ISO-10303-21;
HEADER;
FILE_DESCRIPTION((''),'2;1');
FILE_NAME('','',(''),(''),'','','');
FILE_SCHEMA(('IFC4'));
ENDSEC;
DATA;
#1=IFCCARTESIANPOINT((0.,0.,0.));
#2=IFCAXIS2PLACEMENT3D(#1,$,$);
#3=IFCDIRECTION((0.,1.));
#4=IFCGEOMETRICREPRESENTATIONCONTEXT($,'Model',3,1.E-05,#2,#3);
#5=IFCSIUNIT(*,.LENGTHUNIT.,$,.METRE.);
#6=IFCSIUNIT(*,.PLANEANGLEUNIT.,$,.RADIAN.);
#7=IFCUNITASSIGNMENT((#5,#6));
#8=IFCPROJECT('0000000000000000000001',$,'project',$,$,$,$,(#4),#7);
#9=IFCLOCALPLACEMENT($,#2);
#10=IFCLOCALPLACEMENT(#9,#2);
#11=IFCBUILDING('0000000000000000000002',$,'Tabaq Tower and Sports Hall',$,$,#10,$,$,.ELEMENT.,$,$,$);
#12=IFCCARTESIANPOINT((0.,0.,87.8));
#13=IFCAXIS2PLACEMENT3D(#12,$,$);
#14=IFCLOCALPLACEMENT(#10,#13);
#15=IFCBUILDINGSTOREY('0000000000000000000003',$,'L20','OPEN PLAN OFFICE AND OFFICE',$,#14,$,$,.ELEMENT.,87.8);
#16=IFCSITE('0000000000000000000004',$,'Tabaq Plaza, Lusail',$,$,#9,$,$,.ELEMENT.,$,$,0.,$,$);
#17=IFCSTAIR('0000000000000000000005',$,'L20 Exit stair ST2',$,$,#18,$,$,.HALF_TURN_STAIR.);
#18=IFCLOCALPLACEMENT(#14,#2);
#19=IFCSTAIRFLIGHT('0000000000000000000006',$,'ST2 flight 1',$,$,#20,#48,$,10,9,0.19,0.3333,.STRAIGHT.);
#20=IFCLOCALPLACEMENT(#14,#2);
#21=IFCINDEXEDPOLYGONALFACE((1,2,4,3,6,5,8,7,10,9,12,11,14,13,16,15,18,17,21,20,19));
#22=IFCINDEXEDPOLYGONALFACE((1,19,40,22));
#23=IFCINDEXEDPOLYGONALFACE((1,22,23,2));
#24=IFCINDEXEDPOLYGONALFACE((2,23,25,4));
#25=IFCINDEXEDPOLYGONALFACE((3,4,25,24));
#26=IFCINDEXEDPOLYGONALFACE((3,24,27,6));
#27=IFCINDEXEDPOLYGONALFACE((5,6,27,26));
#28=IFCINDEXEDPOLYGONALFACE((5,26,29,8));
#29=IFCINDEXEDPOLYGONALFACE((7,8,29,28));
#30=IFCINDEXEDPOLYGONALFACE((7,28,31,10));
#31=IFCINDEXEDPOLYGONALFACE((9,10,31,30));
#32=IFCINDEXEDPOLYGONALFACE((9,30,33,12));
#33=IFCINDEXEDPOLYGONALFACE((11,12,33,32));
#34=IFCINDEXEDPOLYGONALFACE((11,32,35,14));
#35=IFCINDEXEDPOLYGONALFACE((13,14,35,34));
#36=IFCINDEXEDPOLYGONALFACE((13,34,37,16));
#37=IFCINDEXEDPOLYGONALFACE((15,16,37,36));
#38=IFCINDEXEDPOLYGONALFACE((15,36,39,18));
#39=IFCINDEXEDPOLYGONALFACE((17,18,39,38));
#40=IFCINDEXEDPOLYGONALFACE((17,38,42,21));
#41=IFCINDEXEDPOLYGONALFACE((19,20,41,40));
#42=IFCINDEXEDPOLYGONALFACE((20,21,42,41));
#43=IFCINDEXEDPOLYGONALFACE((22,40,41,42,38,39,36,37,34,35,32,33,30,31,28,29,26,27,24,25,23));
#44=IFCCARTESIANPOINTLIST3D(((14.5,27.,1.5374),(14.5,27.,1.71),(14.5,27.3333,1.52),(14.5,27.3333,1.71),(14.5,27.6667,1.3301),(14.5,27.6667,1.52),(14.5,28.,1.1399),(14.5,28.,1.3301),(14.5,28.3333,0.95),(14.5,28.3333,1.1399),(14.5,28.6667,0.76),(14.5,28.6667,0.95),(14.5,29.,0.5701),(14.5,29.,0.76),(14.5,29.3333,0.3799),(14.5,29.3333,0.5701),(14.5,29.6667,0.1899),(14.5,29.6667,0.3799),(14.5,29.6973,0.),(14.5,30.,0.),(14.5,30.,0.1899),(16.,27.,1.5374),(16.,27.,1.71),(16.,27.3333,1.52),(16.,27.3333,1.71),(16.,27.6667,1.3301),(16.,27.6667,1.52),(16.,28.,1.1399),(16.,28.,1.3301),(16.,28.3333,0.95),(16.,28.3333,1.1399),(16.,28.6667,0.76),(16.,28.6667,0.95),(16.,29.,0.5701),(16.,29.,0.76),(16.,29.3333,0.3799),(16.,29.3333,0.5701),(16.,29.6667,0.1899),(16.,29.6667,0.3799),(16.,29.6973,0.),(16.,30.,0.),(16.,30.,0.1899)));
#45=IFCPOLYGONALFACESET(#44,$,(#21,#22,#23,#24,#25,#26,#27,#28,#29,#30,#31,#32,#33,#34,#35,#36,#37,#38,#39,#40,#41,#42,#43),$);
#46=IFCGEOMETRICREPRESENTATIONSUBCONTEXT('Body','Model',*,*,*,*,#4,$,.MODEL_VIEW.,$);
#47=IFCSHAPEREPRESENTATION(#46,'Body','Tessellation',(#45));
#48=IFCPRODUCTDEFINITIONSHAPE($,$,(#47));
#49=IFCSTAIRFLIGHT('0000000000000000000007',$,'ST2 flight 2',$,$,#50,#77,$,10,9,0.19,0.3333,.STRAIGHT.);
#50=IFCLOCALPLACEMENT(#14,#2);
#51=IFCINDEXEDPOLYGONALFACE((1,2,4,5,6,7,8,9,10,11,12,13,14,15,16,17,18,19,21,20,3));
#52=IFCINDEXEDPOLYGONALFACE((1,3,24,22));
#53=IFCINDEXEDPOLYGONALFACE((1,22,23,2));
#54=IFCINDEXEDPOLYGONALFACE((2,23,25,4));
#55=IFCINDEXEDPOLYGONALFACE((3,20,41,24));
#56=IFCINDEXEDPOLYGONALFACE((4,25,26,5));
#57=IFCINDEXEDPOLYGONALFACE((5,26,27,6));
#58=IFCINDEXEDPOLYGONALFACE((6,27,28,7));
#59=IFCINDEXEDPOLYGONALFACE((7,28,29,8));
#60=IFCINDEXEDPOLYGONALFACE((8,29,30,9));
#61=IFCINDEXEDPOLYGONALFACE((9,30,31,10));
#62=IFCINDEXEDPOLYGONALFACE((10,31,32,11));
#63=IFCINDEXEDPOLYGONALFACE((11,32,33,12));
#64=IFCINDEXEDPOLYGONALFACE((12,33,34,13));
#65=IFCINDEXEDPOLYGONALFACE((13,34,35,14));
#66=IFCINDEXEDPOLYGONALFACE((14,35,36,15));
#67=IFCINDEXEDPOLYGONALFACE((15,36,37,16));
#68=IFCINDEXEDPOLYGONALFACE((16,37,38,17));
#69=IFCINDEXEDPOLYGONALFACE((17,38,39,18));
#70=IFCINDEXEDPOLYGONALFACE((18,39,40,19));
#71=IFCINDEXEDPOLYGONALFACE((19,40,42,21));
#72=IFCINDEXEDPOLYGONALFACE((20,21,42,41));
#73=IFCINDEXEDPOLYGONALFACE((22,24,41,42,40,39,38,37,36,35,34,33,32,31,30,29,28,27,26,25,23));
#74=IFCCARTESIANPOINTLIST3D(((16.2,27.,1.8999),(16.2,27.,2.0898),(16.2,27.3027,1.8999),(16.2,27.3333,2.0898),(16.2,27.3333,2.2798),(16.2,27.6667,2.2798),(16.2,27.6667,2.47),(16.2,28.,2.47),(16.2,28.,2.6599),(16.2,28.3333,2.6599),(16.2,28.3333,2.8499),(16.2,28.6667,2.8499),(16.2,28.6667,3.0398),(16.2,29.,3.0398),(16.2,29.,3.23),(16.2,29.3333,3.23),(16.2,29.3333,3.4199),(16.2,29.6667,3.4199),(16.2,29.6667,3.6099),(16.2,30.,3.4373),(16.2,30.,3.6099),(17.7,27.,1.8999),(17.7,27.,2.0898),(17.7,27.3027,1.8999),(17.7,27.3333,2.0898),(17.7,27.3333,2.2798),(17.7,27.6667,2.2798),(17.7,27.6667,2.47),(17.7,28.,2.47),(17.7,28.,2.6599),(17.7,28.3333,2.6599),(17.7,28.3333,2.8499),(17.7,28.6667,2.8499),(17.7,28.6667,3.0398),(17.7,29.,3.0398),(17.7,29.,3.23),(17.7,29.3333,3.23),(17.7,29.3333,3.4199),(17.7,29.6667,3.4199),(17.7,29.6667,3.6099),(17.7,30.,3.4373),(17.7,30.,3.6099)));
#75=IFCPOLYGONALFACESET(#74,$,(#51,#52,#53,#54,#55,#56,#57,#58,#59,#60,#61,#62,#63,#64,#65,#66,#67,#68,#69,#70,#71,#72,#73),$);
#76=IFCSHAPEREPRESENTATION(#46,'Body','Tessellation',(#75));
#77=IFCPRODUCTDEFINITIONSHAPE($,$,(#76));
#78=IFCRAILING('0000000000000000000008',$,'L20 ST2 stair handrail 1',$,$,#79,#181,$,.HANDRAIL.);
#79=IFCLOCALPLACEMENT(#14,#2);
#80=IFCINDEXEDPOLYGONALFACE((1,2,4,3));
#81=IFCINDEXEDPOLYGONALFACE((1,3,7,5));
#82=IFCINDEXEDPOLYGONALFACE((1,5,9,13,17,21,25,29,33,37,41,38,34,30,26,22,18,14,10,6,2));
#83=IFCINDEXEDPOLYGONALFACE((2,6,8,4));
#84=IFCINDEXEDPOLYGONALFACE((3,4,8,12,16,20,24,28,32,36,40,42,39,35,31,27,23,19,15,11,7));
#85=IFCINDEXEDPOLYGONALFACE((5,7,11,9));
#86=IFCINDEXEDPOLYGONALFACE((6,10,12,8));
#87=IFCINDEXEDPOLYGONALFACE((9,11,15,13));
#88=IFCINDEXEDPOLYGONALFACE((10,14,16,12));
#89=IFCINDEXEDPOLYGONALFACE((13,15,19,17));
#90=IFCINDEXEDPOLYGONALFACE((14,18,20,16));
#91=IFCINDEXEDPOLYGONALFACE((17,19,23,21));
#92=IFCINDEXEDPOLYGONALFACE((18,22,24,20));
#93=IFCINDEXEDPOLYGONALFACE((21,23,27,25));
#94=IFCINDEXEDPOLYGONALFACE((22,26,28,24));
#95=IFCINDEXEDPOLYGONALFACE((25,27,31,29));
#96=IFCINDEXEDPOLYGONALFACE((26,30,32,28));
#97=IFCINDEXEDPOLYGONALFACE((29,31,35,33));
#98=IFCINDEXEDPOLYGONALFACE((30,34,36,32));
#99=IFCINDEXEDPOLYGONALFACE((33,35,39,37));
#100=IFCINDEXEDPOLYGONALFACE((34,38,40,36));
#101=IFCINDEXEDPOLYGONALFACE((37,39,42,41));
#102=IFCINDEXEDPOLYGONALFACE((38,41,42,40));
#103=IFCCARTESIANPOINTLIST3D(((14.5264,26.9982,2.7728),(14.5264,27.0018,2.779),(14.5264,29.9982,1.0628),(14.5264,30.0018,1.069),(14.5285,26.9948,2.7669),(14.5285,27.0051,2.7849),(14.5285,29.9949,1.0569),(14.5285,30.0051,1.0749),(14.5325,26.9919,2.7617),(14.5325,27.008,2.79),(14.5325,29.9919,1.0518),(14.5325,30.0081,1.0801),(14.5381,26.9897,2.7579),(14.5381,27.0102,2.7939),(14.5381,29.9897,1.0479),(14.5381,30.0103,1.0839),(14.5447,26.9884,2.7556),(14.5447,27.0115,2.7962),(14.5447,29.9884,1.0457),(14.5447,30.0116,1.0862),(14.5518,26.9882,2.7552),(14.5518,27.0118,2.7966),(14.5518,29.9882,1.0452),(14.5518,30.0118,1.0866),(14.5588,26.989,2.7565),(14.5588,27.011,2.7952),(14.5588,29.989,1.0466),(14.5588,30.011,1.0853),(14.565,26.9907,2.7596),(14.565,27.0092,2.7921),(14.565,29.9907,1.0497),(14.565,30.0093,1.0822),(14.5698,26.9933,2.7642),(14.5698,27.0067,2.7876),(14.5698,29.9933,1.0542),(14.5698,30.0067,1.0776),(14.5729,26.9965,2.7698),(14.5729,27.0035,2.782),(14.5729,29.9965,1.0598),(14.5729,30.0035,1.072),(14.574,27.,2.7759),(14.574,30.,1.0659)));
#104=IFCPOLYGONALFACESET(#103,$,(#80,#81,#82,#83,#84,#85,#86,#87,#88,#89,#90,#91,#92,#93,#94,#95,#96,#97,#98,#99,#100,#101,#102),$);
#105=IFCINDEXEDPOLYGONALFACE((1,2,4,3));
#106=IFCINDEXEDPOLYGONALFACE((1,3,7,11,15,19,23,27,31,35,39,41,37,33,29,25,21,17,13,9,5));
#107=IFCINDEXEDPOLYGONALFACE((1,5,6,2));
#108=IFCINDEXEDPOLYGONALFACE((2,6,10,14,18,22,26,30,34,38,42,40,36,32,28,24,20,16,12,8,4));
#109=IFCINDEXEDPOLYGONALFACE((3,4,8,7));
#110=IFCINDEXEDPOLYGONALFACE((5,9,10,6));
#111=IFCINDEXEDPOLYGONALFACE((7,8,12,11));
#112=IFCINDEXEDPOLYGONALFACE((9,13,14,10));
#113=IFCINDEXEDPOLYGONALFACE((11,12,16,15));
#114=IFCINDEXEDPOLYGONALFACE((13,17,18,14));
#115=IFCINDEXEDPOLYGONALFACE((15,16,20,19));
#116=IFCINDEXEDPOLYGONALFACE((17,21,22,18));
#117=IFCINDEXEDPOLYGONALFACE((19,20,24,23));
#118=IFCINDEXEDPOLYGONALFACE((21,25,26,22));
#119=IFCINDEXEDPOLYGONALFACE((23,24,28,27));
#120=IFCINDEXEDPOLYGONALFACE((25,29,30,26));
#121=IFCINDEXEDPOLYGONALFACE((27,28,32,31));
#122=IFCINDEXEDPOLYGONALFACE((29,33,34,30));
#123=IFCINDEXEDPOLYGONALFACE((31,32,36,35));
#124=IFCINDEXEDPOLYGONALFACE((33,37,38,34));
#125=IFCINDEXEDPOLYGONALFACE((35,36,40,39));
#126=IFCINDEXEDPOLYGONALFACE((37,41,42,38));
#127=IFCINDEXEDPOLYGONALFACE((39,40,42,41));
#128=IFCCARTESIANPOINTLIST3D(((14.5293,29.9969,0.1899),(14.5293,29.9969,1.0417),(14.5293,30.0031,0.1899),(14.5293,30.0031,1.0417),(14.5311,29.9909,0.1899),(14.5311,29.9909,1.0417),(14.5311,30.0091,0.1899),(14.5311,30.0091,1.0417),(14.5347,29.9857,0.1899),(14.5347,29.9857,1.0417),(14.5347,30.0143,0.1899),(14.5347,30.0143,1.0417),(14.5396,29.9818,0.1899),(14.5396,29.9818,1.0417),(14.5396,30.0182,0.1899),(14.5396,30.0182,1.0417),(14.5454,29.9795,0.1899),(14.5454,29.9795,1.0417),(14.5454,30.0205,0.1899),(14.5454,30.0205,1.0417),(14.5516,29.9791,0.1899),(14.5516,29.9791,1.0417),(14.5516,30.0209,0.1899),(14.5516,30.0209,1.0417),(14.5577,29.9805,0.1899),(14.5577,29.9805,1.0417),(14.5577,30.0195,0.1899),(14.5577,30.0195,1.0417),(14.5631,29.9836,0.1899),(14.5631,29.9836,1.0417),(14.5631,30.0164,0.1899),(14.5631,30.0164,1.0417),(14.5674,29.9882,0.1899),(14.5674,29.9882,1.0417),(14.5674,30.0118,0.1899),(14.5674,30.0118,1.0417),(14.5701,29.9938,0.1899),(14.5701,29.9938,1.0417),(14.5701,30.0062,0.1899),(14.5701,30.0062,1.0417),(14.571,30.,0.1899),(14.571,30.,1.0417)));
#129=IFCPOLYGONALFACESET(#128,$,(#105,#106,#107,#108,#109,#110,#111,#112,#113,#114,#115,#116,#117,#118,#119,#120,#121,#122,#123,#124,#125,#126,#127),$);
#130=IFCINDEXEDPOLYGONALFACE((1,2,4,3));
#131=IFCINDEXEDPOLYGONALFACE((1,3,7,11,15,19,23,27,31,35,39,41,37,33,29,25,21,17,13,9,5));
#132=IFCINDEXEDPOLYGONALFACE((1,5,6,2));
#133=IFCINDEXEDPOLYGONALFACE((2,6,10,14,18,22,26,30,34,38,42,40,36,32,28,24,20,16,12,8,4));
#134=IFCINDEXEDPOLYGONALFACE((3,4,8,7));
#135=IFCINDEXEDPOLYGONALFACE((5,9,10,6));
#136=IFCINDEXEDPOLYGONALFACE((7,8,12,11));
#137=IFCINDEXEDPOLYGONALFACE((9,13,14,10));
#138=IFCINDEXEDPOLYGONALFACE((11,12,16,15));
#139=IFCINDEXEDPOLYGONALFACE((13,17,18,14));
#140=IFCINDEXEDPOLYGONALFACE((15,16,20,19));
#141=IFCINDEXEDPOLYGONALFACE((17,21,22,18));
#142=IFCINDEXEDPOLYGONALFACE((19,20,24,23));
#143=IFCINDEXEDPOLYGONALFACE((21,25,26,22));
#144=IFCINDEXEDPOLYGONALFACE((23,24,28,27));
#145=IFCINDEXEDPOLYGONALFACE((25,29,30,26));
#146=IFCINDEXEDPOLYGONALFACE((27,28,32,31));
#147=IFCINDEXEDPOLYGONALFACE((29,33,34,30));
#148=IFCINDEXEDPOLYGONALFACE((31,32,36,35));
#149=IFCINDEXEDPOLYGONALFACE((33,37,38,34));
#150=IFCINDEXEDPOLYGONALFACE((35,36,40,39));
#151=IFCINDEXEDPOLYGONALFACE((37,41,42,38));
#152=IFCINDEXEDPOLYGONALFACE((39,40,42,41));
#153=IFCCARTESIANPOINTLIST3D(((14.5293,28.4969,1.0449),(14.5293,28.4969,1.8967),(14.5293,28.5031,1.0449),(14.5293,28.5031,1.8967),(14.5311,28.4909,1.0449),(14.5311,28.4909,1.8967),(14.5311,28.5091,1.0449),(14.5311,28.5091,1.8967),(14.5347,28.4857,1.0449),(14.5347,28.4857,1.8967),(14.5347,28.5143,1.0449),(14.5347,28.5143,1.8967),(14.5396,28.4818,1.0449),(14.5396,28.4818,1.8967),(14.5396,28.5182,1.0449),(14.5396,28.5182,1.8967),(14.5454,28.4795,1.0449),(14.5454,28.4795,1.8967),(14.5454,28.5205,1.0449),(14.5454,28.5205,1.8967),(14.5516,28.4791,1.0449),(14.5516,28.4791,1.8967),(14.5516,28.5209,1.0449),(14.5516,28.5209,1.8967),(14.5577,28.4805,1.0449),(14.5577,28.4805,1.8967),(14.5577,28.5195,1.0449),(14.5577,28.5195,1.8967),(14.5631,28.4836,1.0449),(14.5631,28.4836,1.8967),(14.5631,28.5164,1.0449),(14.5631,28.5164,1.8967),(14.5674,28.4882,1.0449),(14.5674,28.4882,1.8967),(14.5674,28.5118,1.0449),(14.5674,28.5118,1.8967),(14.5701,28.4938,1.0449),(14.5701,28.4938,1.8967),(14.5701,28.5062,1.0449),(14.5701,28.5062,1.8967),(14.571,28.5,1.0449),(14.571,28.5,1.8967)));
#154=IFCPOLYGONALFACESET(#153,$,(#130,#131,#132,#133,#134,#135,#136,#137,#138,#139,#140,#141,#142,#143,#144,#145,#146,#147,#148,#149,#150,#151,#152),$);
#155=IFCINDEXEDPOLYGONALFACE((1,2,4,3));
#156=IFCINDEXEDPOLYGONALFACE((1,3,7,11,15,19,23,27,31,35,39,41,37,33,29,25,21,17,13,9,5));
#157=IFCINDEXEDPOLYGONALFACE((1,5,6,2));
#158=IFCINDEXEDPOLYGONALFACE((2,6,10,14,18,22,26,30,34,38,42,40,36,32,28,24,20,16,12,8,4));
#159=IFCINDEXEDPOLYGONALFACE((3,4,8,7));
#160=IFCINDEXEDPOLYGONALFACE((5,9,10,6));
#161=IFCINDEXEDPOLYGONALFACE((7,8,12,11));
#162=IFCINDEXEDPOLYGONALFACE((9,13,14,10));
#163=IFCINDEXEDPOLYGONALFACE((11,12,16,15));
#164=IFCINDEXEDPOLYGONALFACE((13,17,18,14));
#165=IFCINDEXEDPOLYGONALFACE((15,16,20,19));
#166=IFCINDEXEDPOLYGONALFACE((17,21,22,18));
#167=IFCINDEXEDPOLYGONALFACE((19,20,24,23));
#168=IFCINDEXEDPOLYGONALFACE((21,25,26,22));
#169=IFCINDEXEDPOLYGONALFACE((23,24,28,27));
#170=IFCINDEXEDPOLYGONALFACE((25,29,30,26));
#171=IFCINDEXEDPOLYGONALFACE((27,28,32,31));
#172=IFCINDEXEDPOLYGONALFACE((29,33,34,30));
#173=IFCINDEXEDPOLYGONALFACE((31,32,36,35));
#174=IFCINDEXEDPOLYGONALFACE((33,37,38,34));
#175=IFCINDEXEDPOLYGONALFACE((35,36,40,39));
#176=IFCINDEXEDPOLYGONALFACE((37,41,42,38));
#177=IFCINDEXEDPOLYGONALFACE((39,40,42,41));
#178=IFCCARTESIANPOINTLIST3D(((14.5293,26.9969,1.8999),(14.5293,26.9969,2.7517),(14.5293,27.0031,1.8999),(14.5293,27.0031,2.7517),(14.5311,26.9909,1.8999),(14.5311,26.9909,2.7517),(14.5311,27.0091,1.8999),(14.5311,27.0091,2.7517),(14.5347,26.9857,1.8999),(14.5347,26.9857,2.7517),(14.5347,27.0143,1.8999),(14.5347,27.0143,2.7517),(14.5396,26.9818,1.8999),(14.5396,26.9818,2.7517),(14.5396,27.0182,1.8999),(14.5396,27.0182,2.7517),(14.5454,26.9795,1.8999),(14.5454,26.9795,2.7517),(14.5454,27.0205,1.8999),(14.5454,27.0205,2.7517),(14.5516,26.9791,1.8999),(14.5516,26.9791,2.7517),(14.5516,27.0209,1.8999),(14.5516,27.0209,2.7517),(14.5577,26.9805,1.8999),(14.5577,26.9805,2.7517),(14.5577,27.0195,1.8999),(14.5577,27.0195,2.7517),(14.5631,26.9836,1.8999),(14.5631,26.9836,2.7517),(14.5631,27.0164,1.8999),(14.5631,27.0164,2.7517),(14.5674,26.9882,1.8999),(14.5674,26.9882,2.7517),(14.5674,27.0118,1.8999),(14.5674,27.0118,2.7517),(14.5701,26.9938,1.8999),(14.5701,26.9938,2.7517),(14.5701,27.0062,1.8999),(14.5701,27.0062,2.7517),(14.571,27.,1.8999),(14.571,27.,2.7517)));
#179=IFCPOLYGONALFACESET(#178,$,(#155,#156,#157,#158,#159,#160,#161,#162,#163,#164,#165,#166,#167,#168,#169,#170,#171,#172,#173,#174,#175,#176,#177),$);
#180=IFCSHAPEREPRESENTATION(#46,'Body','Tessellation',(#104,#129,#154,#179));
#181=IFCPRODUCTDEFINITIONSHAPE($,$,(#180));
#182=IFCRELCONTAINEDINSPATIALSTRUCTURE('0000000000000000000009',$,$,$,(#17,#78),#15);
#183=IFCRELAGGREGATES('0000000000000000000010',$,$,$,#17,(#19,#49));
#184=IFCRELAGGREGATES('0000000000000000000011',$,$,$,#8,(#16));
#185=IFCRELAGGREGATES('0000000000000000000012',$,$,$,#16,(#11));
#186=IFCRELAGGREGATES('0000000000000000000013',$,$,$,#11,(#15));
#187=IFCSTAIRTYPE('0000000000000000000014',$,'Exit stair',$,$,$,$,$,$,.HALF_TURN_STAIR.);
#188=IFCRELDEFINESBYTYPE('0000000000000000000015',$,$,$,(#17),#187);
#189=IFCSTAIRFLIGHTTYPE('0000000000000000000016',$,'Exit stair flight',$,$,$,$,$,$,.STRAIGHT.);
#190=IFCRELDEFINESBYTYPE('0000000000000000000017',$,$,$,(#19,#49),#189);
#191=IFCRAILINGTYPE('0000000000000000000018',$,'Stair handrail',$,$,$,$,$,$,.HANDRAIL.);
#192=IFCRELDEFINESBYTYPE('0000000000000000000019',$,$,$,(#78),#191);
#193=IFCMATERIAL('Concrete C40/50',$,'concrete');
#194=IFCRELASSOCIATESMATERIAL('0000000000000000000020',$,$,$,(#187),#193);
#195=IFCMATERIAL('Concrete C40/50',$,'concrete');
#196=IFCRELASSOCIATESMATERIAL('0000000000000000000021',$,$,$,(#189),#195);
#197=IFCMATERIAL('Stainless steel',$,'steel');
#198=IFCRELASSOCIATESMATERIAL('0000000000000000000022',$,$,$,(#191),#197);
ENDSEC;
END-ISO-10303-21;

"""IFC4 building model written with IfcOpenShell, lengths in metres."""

from ifc_helpers import new_model, si_unit, direction, frame, origin, origin_2d, place, context, subcontext, project, spatial, polyline, circle, outline, extrude, material, type_object, element, aggregate, save


model = new_model("IFC4")

# Units and contexts
model_context = context("Model", 3, precision=1e-05, world=origin(), true_north=direction((0.0, 1.0)))
body_context = subcontext(model_context, "Body", "Model", "MODEL_VIEW")
ifc_project = project(units=[si_unit("LENGTHUNIT", "METRE"), si_unit("PLANEANGLEUNIT", "RADIAN")], contexts=[model_context])

# Site, building, storey
site_placement = place(None, origin())
site = spatial("IfcSite", under=ifc_project, at=site_placement, Name="Tabaq Plaza, Lusail", CompositionType="ELEMENT", RefElevation=0.0)
building_placement = place(site_placement, origin())
building = spatial("IfcBuilding", under=site, at=building_placement, Name="Tabaq Tower and Sports Hall", CompositionType="ELEMENT")
storey_placement = place(building_placement, frame((0.0, 0.0, 87.8)))
storey = spatial("IfcBuildingStorey", under=building, at=storey_placement, Name="L20", Description="OPEN PLAN OFFICE AND OFFICE", CompositionType="ELEMENT", Elevation=87.8)

# Stair, stair flights
ifc_material_1 = material(Name="Concrete C40/50", Category="concrete")
stair_type = type_object("IfcStairType", Name="Exit stair", PredefinedType="HALF_TURN_STAIR", material=ifc_material_1)
stair_placement = place(storey_placement, origin())
stair = element("IfcStair", 1, at=stair_placement, inside=storey, type_object=stair_type, Name="L20 Exit stair ST2", PredefinedType="HALF_TURN_STAIR")
ifc_material_2 = material(Name="Concrete C40/50", Category="concrete")
stair_flight_type = type_object("IfcStairFlightType", Name="Exit stair flight", PredefinedType="STRAIGHT", material=ifc_material_2)
stair_flight_1_placement = place(storey_placement, frame((15.25, 30.0, 0.0), z_axis=(0.0, 0.0, 1.0), x_axis=(0.0, -1.0, 0.0)))
stair_flight_1 = element("IfcStairFlight", 2, at=stair_flight_1_placement, type_object=stair_flight_type, Name="ST2 flight 1", NumberOfRisers=10, NumberOfTreads=9, PredefinedType="STRAIGHT", RiserHeight=0.19, TreadLength=0.3333, context=body_context, shape_type="SweptSolid", body=[
    extrude(outline(polyline([(0.0, 0.0), (0.0, 0.1899), (0.3333, 0.1899), (0.3333, 0.3799), (0.6667, 0.3799), (0.6667, 0.5701), (1.0, 0.5701), (1.0, 0.76), (1.3333, 0.76), (1.3333, 0.95), (1.6667, 0.95), (1.6667, 1.1399), (2.0, 1.1399), (2.0, 1.3301), (2.3333, 1.3301), (2.3333, 1.52), (2.6667, 1.52), (2.6667, 1.71), (3.0, 1.71), (3.0, 1.8999), (3.0, 1.5374), (0.3027, 0.0), (0.0, 0.0)])), frame((0.0, 0.75, 0.0), z_axis=(0.0, -1.0, 0.0), x_axis=(1.0, 0.0, 0.0)), (0.0, 0.0, 1.0), 1.5),
])
stair_flight_2_placement = place(storey_placement, frame((16.95, 27.0, 1.8999), z_axis=(0.0, 0.0, 1.0), x_axis=(0.0, 1.0, 0.0)))
stair_flight_2 = element("IfcStairFlight", 3, at=stair_flight_2_placement, type_object=stair_flight_type, Name="ST2 flight 2", NumberOfRisers=10, NumberOfTreads=9, PredefinedType="STRAIGHT", RiserHeight=0.19, TreadLength=0.3333, context=body_context, shape_type="SweptSolid", body=[
    extrude(outline(polyline([(0.0, 0.0), (0.0, 0.1899), (0.3333, 0.1899), (0.3333, 0.3799), (0.6667, 0.3799), (0.6667, 0.5701), (1.0, 0.5701), (1.0, 0.76), (1.3333, 0.76), (1.3333, 0.95), (1.6667, 0.95), (1.6667, 1.1399), (2.0, 1.1399), (2.0, 1.3301), (2.3333, 1.3301), (2.3333, 1.52), (2.6667, 1.52), (2.6667, 1.71), (3.0, 1.71), (3.0, 1.8999), (3.0, 1.5374), (0.3027, 0.0), (0.0, 0.0)])), frame((0.0, 0.75, 0.0), z_axis=(0.0, -1.0, 0.0), x_axis=(1.0, 0.0, 0.0)), (0.0, 0.0, 1.0), 1.5),
])
aggregate(stair, [stair_flight_1, stair_flight_2])

# Railing
ifc_material_3 = material(Name="Stainless steel", Category="steel")
railing_type_1 = type_object("IfcRailingType", Name="Stair handrail", PredefinedType="HANDRAIL", material=ifc_material_3)
railing_1_placement = place(storey_placement, frame((14.55, 30.0, 0.1899)))
element("IfcRailing", 4, at=railing_1_placement, inside=storey, type_object=railing_type_1, Name="L20 ST2 stair handrail 1", PredefinedType="HANDRAIL", context=body_context, shape_type="SweptSolid", body=[
    extrude(circle(Radius=0.0239, at=origin_2d()), frame((0.0, 0.0, 0.876), z_axis=(0.0, -0.868782, 0.495195), x_axis=(1.0, 0.0, 0.0)), (0.0, 0.0, 1.0), 3.4531),
    extrude(circle(Radius=0.021, at=origin_2d()), origin(), (0.0, 0.0, 1.0), 0.8518),
    extrude(circle(Radius=0.021, at=origin_2d()), frame((0.0, -1.5, 0.855)), (0.0, 0.0, 1.0), 0.8518),
    extrude(circle(Radius=0.021, at=origin_2d()), frame((0.0, -3.0, 1.71)), (0.0, 0.0, 1.0), 0.8518),
])

save(model, "model.ifc")
